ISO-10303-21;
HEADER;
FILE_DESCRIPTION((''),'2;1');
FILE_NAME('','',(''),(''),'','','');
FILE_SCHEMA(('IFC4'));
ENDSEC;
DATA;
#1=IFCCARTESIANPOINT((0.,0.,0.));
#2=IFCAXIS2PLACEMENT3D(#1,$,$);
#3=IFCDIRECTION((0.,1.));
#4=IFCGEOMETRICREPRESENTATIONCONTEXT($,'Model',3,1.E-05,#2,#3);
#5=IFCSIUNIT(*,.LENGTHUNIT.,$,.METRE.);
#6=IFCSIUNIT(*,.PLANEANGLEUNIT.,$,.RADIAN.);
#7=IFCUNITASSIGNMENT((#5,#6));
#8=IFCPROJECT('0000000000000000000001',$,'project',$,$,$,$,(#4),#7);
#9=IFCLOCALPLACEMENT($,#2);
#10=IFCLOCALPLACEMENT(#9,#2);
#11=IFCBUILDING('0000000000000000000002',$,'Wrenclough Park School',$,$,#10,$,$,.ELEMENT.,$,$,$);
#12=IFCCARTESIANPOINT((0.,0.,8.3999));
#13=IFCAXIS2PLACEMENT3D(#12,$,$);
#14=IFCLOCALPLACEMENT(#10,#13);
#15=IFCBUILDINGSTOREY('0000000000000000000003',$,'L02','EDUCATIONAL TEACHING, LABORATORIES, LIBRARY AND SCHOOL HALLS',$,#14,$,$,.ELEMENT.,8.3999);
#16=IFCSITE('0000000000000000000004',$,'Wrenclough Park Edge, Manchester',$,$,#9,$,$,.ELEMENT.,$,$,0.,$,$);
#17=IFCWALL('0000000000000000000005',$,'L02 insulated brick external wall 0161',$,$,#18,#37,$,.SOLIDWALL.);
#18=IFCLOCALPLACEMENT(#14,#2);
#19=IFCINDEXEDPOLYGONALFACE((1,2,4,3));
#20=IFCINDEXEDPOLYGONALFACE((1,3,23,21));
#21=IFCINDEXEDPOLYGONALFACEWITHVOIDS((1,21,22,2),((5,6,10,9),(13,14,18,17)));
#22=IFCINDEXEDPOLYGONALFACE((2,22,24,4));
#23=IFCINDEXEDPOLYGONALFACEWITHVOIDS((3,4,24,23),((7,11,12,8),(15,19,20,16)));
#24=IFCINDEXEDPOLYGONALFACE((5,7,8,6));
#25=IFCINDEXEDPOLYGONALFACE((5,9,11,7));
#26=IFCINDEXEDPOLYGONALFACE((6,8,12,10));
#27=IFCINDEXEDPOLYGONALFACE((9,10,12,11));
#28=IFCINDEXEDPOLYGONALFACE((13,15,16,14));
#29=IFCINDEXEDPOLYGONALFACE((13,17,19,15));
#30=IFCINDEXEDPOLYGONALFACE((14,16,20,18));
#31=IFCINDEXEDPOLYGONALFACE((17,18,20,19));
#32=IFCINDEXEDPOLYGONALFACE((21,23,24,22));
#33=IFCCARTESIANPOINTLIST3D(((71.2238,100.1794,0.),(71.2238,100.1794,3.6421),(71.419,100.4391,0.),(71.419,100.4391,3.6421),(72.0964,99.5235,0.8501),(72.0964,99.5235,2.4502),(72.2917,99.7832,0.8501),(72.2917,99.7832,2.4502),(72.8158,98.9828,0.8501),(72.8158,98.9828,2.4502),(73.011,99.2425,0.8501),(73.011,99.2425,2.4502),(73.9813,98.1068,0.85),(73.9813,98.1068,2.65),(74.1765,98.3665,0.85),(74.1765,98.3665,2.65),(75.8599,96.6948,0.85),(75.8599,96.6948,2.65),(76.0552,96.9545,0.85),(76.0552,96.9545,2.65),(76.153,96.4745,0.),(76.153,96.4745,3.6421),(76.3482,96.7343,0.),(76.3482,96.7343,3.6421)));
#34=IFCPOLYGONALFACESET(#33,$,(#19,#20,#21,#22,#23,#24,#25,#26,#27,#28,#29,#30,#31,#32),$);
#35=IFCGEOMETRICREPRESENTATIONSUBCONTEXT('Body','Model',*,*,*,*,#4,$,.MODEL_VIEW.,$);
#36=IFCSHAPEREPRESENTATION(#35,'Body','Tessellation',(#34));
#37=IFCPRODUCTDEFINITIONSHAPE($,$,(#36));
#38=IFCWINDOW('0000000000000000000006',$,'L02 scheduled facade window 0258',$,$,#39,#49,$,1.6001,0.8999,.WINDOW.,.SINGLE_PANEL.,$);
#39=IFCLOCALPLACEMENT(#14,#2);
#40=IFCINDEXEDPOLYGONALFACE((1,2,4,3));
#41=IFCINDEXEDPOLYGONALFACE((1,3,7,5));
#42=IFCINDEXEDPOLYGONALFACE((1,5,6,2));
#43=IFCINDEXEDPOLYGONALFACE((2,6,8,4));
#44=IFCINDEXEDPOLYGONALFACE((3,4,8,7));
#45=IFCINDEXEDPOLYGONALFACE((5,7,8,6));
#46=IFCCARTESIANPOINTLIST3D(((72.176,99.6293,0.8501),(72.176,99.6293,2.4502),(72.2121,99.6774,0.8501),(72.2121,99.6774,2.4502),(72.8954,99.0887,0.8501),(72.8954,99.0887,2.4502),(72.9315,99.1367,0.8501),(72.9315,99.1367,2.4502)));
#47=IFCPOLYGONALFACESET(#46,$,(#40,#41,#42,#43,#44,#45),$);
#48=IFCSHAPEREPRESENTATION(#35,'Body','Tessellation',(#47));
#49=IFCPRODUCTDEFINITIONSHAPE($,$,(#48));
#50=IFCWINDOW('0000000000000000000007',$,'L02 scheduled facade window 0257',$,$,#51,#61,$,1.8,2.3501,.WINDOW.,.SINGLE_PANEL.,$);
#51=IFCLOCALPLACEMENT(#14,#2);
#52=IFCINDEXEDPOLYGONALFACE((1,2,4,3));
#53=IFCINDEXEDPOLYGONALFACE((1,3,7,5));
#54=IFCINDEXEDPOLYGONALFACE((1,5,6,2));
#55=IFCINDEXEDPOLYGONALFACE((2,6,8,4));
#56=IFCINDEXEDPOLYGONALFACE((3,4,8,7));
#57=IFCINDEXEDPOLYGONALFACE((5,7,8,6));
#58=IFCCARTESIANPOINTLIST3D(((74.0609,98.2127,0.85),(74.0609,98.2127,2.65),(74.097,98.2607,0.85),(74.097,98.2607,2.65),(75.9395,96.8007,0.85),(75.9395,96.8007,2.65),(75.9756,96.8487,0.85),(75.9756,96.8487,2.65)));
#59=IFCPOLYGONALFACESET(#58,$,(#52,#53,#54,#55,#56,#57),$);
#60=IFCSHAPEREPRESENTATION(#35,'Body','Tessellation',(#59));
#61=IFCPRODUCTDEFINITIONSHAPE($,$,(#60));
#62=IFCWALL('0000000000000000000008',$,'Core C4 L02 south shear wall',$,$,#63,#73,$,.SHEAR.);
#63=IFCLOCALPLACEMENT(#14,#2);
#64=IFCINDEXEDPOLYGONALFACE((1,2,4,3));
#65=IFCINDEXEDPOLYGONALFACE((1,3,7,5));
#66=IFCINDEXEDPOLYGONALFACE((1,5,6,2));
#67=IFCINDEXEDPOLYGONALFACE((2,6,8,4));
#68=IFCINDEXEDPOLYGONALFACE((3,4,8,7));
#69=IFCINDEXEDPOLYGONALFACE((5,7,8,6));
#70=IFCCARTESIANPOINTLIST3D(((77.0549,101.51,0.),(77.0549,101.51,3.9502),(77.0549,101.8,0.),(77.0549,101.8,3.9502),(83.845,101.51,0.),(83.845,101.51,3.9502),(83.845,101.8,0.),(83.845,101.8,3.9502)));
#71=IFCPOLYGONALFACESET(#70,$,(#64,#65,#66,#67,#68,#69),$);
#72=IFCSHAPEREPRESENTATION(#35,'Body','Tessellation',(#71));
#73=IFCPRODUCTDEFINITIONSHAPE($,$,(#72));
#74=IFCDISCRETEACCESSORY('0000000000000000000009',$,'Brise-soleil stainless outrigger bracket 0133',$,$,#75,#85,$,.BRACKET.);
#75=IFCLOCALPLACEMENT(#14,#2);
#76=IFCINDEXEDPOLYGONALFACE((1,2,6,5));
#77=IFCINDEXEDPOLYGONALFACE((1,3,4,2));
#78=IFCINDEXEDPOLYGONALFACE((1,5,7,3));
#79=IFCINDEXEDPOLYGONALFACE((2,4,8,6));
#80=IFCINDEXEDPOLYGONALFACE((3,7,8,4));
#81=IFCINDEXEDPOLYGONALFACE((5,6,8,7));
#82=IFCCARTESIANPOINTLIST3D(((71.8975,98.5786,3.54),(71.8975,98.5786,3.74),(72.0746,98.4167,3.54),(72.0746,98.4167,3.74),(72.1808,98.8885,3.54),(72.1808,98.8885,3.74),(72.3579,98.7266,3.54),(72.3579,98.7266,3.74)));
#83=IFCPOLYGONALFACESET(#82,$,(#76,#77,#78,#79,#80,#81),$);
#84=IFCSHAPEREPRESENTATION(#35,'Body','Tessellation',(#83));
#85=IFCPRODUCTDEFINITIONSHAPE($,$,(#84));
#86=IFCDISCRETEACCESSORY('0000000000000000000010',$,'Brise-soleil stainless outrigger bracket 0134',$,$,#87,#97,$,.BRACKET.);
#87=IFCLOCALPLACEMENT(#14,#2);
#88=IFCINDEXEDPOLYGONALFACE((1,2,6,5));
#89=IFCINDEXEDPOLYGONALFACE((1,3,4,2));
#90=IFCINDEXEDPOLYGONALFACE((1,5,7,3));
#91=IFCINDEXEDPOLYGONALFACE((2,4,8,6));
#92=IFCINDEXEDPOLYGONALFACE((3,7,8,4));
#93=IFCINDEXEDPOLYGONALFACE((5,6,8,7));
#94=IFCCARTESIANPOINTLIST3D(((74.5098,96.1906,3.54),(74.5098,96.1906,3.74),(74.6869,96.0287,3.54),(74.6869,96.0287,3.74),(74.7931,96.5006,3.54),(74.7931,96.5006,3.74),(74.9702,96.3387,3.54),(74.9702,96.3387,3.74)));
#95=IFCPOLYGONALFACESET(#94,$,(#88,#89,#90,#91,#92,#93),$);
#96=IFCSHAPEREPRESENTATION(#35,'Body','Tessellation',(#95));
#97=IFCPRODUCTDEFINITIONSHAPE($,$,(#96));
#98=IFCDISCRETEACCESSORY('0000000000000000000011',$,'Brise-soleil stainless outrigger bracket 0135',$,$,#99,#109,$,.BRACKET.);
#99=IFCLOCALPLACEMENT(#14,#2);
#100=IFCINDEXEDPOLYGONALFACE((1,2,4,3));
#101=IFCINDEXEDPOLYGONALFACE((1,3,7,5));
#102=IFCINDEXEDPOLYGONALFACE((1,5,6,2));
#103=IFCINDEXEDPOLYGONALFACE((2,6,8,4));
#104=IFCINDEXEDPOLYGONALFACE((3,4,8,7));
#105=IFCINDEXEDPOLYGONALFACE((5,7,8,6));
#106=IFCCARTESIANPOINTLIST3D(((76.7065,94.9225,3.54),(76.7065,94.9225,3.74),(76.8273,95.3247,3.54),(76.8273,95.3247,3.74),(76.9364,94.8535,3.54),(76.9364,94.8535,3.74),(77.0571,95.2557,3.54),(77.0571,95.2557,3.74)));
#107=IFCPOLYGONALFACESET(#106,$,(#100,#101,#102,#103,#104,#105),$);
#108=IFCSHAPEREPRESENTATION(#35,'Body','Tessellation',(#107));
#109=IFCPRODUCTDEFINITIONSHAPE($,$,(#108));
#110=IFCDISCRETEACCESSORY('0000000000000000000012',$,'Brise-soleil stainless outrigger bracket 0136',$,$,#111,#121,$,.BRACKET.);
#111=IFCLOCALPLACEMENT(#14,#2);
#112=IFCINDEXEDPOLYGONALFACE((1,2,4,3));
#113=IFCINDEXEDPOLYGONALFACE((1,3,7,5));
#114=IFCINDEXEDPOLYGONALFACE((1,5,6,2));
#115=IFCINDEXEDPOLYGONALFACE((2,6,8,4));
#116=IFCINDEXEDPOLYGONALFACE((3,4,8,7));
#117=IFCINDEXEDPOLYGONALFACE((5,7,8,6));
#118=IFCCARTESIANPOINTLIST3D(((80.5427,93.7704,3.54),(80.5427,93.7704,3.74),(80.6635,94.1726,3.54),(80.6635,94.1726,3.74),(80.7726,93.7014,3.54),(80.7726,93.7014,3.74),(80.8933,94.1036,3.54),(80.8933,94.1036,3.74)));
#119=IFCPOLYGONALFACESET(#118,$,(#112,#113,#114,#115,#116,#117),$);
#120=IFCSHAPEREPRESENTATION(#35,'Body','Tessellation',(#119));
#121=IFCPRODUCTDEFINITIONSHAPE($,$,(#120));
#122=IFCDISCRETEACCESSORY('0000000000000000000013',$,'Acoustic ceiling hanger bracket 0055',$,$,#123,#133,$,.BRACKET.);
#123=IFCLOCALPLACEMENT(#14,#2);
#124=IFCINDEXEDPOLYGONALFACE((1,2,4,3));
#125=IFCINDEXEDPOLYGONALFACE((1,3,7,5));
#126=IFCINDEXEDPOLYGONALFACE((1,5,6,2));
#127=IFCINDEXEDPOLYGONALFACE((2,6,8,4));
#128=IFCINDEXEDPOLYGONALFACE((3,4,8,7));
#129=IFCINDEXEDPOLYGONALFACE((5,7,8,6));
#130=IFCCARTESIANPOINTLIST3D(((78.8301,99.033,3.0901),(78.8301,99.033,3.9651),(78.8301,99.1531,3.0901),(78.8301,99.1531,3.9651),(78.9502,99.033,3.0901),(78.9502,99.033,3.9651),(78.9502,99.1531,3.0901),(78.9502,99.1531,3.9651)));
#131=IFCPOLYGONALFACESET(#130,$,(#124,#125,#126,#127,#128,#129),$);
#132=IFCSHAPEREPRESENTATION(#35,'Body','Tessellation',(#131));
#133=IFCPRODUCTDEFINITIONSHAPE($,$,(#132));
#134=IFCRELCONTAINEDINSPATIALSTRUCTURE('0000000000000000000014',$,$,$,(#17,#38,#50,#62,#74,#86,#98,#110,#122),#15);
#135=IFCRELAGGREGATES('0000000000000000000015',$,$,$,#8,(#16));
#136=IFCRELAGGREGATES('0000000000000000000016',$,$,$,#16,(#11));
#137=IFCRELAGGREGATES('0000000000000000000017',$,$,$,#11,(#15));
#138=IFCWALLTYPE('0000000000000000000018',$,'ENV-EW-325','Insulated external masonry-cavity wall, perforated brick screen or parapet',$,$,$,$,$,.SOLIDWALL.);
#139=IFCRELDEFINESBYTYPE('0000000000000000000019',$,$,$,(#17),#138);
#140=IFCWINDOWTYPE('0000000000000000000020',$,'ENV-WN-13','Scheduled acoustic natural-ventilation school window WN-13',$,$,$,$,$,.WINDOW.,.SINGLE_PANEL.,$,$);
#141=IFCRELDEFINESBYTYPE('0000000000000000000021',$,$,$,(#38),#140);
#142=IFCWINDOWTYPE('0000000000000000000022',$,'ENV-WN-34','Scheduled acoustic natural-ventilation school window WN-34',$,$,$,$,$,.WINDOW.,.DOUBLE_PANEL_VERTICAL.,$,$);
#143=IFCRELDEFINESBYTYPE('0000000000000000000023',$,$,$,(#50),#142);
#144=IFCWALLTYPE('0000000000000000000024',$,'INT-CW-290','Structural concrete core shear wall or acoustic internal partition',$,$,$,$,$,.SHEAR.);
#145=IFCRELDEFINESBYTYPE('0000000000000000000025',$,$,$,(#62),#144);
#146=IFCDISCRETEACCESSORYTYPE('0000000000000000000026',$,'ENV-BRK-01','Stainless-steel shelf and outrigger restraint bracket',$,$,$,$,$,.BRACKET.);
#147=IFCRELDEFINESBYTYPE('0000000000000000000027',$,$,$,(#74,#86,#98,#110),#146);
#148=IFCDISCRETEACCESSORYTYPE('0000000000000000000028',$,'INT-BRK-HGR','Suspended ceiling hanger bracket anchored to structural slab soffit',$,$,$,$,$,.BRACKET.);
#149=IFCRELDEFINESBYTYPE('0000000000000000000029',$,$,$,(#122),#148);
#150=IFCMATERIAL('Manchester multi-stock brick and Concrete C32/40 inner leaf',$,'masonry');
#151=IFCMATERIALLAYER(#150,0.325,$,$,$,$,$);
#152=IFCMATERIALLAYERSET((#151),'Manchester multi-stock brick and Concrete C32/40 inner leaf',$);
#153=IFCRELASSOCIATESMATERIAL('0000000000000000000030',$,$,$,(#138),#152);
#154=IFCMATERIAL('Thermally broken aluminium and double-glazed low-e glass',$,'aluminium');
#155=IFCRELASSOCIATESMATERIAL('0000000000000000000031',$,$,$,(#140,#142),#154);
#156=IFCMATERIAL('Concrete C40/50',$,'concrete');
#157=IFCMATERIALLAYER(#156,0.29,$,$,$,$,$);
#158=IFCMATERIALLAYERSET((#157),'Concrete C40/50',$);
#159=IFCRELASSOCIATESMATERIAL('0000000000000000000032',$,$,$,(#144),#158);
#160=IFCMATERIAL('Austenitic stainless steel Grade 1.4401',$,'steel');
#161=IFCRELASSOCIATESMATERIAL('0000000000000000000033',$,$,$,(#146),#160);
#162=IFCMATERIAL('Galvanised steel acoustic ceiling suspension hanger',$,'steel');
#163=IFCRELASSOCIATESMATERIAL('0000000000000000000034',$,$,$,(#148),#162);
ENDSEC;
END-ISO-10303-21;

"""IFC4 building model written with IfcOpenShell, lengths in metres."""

from ifc_helpers import new_model, si_unit, direction, frame, frame_2d, origin, origin_2d, place, context, subcontext, project, spatial, rectangle, extrude, material, layer, layer_set, type_object, element, fill, save


model = new_model("IFC4")

# Units and contexts
model_context = context("Model", 3, precision=1e-05, world=origin(), true_north=direction((0.0, 1.0)))
body_context = subcontext(model_context, "Body", "Model", "MODEL_VIEW")
ifc_project = project(units=[si_unit("LENGTHUNIT", "METRE"), si_unit("PLANEANGLEUNIT", "RADIAN")], contexts=[model_context])

# Site, building, storey
site_placement = place(None, origin())
site = spatial("IfcSite", under=ifc_project, at=site_placement, Name="Wrenclough Park Edge, Manchester", CompositionType="ELEMENT", RefElevation=0.0)
building_placement = place(site_placement, origin())
building = spatial("IfcBuilding", under=site, at=building_placement, Name="Wrenclough Park School", CompositionType="ELEMENT")
storey_placement = place(building_placement, frame((0.0, 0.0, 8.3999)))
storey = spatial("IfcBuildingStorey", under=building, at=storey_placement, Name="L02", Description="EDUCATIONAL TEACHING, LABORATORIES, LIBRARY AND SCHOOL HALLS", CompositionType="ELEMENT", Elevation=8.3999)

# Wall, openings, windows
ifc_material_1 = material(Name="Manchester multi-stock brick and Concrete C32/40 inner leaf", Category="masonry")
ifc_layer_1 = layer(ifc_material_1, 0.325)
ifc_layer_set_1 = layer_set([ifc_layer_1], Name="Manchester multi-stock brick and Concrete C32/40 inner leaf")
wall_type_1 = type_object("IfcWallType", Name="ENV-EW-325", Description="Insulated external masonry-cavity wall, perforated brick screen or parapet", PredefinedType="SOLIDWALL", material=ifc_layer_set_1)
wall_1_placement = place(storey_placement, frame((76.2505, 96.6045, 0.0), z_axis=(0.0, 0.0, 1.0), x_axis=(-0.799382, 0.600823, 0.0)))
wall_1 = element("IfcWall", 1, at=wall_1_placement, inside=storey, type_object=wall_type_1, Name="L02 insulated brick external wall 0161", PredefinedType="SOLIDWALL", context=body_context, shape_type="SweptSolid", body=[
    extrude(rectangle(XDim=6.1663, YDim=0.325, at=frame_2d((3.083, 0.0))), origin(), (0.0, 0.0, 1.0), 3.6421),
])
opening_1_placement = place(wall_1_placement, frame((0.3665, 0.0, 0.8501)))
opening_1 = element("IfcOpeningElement", 2, at=opening_1_placement, cuts=wall_1, PredefinedType="OPENING", context=body_context, shape_type="SweptSolid", body=[
    extrude(rectangle(XDim=2.3501, YDim=1.8, at=frame_2d((1.175, 0.8999))), frame((0.0, 0.1724, 0.0), z_axis=(0.0, -1.0, 0.0), x_axis=(1.0, 0.0, 0.0)), (0.0, 0.0, 1.0), 0.345),
])
opening_2_placement = place(wall_1_placement, frame((4.1746, 0.0, 0.8501)))
opening_2 = element("IfcOpeningElement", 3, at=opening_2_placement, cuts=wall_1, PredefinedType="OPENING", context=body_context, shape_type="SweptSolid", body=[
    extrude(rectangle(XDim=0.8999, YDim=1.6001, at=frame_2d((0.45, 0.8))), frame((0.0, 0.1724, 0.0), z_axis=(0.0, -1.0, 0.0), x_axis=(1.0, 0.0, 0.0)), (0.0, 0.0, 1.0), 0.345),
])
ifc_material_2 = material(Name="Thermally broken aluminium and double-glazed low-e glass", Category="aluminium")
window_type_1 = type_object("IfcWindowType", Name="ENV-WN-13", Description="Scheduled acoustic natural-ventilation school window WN-13", PartitioningType="SINGLE_PANEL", PredefinedType="WINDOW", material=ifc_material_2)
window_1_placement = place(opening_2_placement, origin())
window_1 = element("IfcWindow", 4, at=window_1_placement, inside=storey, type_object=window_type_1, Name="L02 scheduled facade window 0258", OverallHeight=1.6001, OverallWidth=0.8999, PartitioningType="SINGLE_PANEL", PredefinedType="WINDOW", context=body_context, shape_type="SweptSolid", body=[
    extrude(rectangle(XDim=0.8999, YDim=1.6001, at=frame_2d((0.45, 0.8))), frame((0.0, 0.03, 0.0), z_axis=(0.0, -1.0, 0.0), x_axis=(1.0, 0.0, 0.0)), (0.0, 0.0, 1.0), 0.0601),
])
fill(opening_2, window_1)
window_type_2 = type_object("IfcWindowType", Name="ENV-WN-34", Description="Scheduled acoustic natural-ventilation school window WN-34", PartitioningType="DOUBLE_PANEL_VERTICAL", PredefinedType="WINDOW", material=ifc_material_2)
window_2_placement = place(opening_1_placement, origin())
window_2 = element("IfcWindow", 5, at=window_2_placement, inside=storey, type_object=window_type_2, Name="L02 scheduled facade window 0257", OverallHeight=1.8, OverallWidth=2.3501, PartitioningType="SINGLE_PANEL", PredefinedType="WINDOW", context=body_context, shape_type="SweptSolid", body=[
    extrude(rectangle(XDim=2.3501, YDim=1.8, at=frame_2d((1.175, 0.8999))), frame((0.0, 0.03, 0.0), z_axis=(0.0, -1.0, 0.0), x_axis=(1.0, 0.0, 0.0)), (0.0, 0.0, 1.0), 0.0601),
])
fill(opening_1, window_2)

# Wall
ifc_material_3 = material(Name="Concrete C40/50", Category="concrete")
ifc_layer_2 = layer(ifc_material_3, 0.29)
ifc_layer_set_2 = layer_set([ifc_layer_2], Name="Concrete C40/50")
wall_type_2 = type_object("IfcWallType", Name="INT-CW-290", Description="Structural concrete core shear wall or acoustic internal partition", PredefinedType="SHEAR", material=ifc_layer_set_2)
wall_2_placement = place(storey_placement, frame((77.0549, 101.655, 0.0), z_axis=(0.0, 0.0, 1.0), x_axis=(1.0, 0.0, 0.0)))
element("IfcWall", 6, at=wall_2_placement, inside=storey, type_object=wall_type_2, Name="Core C4 L02 south shear wall", PredefinedType="SHEAR", context=body_context, shape_type="SweptSolid", body=[
    extrude(rectangle(XDim=6.79, YDim=0.29, at=frame_2d((3.395, 0.0))), origin(), (0.0, 0.0, 1.0), 3.9502),
])

# Discrete accessories
ifc_material_4 = material(Name="Austenitic stainless steel Grade 1.4401", Category="steel")
discrete_accessory_type_1 = type_object("IfcDiscreteAccessoryType", Name="ENV-BRK-01", Description="Stainless-steel shelf and outrigger restraint bracket", PredefinedType="BRACKET", material=ifc_material_4)
for number, where, z_axis, x_axis, name in (
    (7, (72.1277, 98.6526, 3.54), (0.0, 0.0, 1.0), (0.738121, -0.674668, 0.0), "Brise-soleil stainless outrigger bracket 0133"),
    (8, (74.74, 96.2646, 3.54), (0.0, 0.0, 1.0), (0.738121, -0.674668, 0.0), "Brise-soleil stainless outrigger bracket 0134"),
    (9, (76.8818, 95.0891, 3.54), (0.0, 0.0, 1.0), (0.957751, -0.287598, 0.0), "Brise-soleil stainless outrigger bracket 0135"),
    (10, (80.718, 93.937, 3.54), (0.0, 0.0, 1.0), (0.957751, -0.287598, 0.0), "Brise-soleil stainless outrigger bracket 0136"),
):
    element("IfcDiscreteAccessory", number, at=place(storey_placement, frame(where, z_axis=z_axis, x_axis=x_axis)), inside=storey, type_object=discrete_accessory_type_1, Name=name, PredefinedType="BRACKET", context=body_context, shape_type="SweptSolid", body=[
        extrude(rectangle(XDim=0.24, YDim=0.4199, at=origin_2d()), origin(), (0.0, 0.0, 1.0), 0.2),
    ])
ifc_material_5 = material(Name="Galvanised steel acoustic ceiling suspension hanger", Category="steel")
discrete_accessory_type_2 = type_object("IfcDiscreteAccessoryType", Name="INT-BRK-HGR", Description="Suspended ceiling hanger bracket anchored to structural slab soffit", PredefinedType="BRACKET", material=ifc_material_5)
discrete_accessory_placement = place(storey_placement, frame((78.8901, 99.093, 3.0901), z_axis=(0.0, 0.0, 1.0), x_axis=(1.0, 0.0, 0.0)))
element("IfcDiscreteAccessory", 11, at=discrete_accessory_placement, inside=storey, type_object=discrete_accessory_type_2, Name="Acoustic ceiling hanger bracket 0055", PredefinedType="BRACKET", context=body_context, shape_type="SweptSolid", body=[
    extrude(rectangle(XDim=0.1201, YDim=0.1201, at=origin_2d()), origin(), (0.0, 0.0, 1.0), 0.875),
])

save(model, "model.ifc")
